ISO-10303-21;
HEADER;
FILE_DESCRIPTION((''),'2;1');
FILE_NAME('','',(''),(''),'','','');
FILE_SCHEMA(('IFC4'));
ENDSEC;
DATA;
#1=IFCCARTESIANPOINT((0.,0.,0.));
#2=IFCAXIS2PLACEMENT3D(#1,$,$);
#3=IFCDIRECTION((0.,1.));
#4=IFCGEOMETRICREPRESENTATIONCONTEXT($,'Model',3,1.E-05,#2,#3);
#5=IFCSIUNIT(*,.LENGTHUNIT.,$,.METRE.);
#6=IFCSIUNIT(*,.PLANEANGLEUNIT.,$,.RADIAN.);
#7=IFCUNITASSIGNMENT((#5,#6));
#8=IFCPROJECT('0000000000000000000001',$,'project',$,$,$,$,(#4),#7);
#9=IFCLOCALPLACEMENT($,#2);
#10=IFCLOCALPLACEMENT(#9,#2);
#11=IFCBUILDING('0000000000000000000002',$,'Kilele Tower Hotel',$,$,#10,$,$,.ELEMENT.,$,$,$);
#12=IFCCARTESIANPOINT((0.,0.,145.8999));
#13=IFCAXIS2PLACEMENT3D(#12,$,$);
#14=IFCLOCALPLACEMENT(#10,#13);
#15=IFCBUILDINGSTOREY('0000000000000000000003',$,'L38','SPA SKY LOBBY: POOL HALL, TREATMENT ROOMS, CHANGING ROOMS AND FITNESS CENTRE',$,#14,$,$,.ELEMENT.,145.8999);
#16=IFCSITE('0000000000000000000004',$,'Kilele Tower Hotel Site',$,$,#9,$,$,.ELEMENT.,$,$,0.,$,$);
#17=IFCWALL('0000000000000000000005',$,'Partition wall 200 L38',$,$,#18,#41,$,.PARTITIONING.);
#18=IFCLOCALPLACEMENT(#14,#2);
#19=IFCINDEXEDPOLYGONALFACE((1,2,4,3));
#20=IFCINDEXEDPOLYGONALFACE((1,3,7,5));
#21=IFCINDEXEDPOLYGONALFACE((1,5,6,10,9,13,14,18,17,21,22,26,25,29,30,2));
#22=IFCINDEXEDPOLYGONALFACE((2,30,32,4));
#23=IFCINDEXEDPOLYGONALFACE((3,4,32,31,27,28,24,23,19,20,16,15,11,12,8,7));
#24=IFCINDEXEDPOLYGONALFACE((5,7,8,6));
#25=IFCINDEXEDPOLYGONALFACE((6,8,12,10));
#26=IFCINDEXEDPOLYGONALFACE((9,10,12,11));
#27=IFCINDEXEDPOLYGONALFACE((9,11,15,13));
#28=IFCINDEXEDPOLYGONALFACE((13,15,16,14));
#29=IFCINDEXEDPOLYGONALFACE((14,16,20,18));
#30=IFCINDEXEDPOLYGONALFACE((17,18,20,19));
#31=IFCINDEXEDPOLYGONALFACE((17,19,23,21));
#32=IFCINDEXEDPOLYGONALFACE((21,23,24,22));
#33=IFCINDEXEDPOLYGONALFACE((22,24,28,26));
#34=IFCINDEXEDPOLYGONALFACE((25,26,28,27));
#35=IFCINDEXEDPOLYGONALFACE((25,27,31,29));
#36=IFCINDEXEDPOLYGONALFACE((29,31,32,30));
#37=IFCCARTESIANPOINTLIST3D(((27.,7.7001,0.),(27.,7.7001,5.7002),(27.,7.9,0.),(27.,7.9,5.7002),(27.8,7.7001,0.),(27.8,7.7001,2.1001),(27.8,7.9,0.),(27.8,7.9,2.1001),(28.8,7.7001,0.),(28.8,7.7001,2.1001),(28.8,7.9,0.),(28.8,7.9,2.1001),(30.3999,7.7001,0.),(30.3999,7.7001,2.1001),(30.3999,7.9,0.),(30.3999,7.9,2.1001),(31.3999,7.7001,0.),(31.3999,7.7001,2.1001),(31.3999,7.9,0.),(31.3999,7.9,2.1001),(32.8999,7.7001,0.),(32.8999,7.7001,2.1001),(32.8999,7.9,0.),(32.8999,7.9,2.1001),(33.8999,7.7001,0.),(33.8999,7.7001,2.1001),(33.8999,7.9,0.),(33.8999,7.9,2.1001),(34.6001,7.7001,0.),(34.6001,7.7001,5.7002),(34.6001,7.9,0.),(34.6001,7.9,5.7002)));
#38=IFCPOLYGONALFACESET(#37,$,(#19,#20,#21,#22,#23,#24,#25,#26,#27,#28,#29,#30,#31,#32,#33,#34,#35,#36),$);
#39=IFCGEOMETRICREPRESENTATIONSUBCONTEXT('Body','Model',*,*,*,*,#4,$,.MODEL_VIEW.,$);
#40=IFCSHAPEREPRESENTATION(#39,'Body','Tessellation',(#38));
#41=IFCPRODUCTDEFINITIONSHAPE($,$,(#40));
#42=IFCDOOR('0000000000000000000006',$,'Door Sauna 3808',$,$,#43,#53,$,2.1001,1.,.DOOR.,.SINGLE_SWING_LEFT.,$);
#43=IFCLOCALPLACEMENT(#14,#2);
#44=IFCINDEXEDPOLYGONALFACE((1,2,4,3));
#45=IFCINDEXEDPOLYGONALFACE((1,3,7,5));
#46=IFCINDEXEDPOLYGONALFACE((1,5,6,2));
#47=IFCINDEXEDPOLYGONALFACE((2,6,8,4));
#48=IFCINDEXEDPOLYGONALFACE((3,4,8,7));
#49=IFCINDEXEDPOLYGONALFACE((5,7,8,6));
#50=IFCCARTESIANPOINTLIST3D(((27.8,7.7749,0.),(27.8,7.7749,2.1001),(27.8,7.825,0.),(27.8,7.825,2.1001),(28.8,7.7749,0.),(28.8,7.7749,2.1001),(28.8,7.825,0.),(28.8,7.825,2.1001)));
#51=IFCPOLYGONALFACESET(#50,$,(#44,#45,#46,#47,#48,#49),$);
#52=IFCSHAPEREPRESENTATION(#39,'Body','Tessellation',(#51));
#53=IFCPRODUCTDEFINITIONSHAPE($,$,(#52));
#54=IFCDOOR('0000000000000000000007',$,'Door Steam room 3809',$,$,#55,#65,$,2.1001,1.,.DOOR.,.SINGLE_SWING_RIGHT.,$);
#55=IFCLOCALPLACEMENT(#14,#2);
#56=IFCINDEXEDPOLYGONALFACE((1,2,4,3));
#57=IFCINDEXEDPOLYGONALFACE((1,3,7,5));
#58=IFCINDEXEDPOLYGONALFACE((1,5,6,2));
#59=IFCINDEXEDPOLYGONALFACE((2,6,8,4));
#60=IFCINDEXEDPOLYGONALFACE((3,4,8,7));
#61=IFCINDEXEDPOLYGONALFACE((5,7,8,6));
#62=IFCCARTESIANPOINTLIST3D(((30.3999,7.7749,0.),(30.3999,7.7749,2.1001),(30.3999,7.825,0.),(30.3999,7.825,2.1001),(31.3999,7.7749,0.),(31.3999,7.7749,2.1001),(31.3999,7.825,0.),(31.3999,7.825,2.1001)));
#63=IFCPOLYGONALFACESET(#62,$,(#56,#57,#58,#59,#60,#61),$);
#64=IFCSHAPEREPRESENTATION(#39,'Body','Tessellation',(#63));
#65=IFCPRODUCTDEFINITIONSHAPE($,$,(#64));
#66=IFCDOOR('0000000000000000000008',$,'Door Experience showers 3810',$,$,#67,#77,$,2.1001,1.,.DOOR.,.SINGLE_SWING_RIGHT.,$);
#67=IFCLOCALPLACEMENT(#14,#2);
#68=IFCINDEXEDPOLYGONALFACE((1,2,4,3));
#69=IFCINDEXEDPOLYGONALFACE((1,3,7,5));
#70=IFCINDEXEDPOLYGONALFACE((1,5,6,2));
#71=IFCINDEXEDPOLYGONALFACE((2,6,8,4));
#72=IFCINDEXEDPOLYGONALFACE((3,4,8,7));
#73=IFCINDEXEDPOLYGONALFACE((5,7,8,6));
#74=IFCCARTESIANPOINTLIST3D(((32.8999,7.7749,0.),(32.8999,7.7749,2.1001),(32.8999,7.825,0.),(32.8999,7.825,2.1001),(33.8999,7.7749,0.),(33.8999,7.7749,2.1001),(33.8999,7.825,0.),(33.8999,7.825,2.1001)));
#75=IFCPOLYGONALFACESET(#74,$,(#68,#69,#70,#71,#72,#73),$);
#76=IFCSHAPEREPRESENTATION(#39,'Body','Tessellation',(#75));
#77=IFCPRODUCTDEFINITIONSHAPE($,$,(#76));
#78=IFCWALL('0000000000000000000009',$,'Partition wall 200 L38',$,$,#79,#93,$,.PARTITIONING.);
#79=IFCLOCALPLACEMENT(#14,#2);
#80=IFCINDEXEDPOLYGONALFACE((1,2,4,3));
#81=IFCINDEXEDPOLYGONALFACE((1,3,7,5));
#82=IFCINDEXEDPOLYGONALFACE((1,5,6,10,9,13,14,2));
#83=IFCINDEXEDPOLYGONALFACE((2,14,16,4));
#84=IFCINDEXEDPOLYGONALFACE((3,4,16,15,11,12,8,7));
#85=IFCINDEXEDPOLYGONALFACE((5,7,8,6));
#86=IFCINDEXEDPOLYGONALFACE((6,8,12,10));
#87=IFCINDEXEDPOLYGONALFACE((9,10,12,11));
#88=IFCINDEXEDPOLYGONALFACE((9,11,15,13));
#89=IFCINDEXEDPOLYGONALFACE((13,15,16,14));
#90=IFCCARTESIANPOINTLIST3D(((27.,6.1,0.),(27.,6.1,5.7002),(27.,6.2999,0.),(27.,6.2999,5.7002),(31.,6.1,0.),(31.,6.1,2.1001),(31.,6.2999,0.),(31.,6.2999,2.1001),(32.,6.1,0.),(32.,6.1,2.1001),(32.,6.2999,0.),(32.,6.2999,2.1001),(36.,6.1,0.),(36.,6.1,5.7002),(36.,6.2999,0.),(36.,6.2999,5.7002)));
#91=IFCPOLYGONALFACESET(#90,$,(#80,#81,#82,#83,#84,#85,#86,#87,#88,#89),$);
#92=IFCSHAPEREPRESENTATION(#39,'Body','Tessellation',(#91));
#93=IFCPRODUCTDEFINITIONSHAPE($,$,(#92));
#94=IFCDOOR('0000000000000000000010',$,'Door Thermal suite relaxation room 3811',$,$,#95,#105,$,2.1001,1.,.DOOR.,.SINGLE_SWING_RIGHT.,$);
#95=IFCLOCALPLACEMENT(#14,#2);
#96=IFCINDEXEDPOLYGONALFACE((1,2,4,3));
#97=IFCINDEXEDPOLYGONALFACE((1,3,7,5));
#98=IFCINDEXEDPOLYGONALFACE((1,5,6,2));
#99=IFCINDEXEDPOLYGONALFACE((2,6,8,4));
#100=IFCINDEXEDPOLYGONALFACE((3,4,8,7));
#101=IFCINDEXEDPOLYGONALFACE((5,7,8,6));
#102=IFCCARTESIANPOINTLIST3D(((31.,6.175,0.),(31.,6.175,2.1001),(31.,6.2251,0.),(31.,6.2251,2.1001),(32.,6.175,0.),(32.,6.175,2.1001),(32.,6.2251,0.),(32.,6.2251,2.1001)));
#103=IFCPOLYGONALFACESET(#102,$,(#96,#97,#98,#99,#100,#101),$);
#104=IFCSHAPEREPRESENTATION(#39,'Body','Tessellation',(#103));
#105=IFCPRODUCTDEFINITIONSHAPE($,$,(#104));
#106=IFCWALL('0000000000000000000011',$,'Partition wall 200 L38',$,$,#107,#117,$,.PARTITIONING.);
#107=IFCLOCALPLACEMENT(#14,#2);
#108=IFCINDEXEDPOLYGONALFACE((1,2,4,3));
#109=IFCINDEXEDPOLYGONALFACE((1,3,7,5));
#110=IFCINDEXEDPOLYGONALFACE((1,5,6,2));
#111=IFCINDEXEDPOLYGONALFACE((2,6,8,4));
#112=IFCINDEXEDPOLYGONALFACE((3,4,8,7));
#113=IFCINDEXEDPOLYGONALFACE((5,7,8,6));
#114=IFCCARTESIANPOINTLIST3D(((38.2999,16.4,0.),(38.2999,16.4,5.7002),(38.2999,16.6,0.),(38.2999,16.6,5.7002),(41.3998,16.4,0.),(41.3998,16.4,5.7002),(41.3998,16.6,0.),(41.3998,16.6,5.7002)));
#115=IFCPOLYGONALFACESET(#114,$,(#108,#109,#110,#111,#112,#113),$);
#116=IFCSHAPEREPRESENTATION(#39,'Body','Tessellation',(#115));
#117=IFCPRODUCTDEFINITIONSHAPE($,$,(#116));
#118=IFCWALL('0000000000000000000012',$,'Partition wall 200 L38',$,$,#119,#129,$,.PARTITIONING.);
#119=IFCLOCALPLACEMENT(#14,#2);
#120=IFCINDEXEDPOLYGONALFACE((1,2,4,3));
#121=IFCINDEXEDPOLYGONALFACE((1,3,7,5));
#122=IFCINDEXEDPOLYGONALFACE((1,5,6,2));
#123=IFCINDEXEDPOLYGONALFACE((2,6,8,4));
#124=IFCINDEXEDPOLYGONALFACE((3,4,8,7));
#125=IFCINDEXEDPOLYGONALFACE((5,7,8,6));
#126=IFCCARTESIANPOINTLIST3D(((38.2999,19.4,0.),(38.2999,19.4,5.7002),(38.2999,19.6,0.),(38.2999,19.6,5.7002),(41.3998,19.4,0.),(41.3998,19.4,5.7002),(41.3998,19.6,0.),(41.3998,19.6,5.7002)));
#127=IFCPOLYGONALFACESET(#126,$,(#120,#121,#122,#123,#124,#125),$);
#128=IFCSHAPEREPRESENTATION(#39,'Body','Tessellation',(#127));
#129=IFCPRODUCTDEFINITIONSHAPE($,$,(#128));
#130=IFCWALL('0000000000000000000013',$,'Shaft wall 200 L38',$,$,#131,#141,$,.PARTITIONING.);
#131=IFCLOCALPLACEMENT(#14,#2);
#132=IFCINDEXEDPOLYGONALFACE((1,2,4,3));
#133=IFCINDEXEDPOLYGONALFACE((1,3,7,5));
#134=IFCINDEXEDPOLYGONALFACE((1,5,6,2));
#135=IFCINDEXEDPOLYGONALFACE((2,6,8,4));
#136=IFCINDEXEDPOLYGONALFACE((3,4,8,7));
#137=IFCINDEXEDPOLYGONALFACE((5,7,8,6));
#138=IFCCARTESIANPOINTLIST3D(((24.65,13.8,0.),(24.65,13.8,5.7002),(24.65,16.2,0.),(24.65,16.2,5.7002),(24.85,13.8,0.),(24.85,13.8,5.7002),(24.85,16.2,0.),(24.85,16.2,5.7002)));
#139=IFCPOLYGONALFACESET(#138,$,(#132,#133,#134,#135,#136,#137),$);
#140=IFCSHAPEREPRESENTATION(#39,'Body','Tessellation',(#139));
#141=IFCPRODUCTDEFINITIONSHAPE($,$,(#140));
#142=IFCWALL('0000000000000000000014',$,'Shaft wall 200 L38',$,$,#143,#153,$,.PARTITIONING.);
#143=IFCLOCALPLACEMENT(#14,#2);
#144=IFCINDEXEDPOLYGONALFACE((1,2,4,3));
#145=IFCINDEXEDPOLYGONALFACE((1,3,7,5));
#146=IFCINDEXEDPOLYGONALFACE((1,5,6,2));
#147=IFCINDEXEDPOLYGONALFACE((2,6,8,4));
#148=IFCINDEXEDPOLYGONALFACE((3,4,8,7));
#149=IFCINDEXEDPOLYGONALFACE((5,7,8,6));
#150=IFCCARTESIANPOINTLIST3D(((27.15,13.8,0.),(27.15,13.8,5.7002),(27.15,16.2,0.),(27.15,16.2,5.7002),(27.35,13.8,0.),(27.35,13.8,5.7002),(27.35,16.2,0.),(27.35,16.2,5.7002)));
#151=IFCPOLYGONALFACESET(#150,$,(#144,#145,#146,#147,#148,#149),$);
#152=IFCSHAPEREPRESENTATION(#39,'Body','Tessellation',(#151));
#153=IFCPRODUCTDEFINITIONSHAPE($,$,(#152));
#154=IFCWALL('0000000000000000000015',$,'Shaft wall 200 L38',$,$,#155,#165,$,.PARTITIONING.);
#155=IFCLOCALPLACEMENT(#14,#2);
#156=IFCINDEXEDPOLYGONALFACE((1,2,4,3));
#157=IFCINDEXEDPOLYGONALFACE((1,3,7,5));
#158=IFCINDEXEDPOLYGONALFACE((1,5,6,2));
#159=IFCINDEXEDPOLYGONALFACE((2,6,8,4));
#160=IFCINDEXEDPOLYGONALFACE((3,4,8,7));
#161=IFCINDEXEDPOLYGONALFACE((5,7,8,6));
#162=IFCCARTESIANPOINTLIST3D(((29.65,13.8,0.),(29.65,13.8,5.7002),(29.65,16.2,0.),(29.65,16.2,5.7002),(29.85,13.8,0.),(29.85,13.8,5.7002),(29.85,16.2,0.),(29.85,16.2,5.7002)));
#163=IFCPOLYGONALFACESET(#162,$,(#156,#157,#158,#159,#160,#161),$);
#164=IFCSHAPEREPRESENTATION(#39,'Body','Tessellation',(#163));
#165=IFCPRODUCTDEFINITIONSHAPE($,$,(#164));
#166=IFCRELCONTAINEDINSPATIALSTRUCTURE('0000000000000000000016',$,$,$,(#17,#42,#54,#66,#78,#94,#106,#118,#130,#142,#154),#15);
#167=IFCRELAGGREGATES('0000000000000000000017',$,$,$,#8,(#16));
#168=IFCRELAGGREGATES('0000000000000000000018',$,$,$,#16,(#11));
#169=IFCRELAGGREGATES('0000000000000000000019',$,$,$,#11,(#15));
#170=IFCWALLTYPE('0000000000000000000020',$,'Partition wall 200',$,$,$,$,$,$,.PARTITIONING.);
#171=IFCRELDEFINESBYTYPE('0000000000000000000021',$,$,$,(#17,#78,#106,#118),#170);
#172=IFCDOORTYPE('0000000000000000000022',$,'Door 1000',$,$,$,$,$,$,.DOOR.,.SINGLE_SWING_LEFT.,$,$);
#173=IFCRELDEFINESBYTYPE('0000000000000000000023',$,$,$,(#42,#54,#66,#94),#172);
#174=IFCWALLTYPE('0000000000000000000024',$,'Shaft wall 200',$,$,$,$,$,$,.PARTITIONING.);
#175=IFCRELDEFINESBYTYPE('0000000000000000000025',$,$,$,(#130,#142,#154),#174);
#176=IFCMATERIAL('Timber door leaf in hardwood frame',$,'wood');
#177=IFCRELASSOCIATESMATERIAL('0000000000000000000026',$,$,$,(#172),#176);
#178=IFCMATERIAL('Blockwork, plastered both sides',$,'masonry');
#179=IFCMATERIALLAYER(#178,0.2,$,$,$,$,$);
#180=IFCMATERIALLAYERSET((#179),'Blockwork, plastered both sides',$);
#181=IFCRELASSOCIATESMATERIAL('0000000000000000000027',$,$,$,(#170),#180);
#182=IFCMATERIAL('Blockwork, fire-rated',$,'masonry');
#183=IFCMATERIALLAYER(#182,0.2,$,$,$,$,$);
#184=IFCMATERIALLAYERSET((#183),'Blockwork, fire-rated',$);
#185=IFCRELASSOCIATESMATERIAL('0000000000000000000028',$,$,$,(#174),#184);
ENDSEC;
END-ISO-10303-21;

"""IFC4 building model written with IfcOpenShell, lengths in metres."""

from ifc_helpers import new_model, si_unit, direction, frame, frame_2d, origin, place, context, subcontext, project, spatial, rectangle, extrude, material, layer, layer_set, type_object, element, fill, save


model = new_model("IFC4")

# Units and contexts
model_context = context("Model", 3, precision=1e-05, world=origin(), true_north=direction((0.0, 1.0)))
body_context = subcontext(model_context, "Body", "Model", "MODEL_VIEW")
ifc_project = project(units=[si_unit("LENGTHUNIT", "METRE"), si_unit("PLANEANGLEUNIT", "RADIAN")], contexts=[model_context])

# Site, building, storey
site_placement = place(None, origin())
site = spatial("IfcSite", under=ifc_project, at=site_placement, Name="Kilele Tower Hotel Site", CompositionType="ELEMENT", RefElevation=0.0)
building_placement = place(site_placement, origin())
building = spatial("IfcBuilding", under=site, at=building_placement, Name="Kilele Tower Hotel", CompositionType="ELEMENT")
storey_placement = place(building_placement, frame((0.0, 0.0, 145.8999)))
storey = spatial("IfcBuildingStorey", under=building, at=storey_placement, Name="L38", Description="SPA SKY LOBBY: POOL HALL, TREATMENT ROOMS, CHANGING ROOMS AND FITNESS CENTRE", CompositionType="ELEMENT", Elevation=145.8999)

# Shared definitions
ifc_material_1 = material(Name="Timber door leaf in hardwood frame", Category="wood")
door_type_1 = type_object("IfcDoorType", Name="Door 1000", OperationType="SINGLE_SWING_LEFT", PredefinedType="DOOR", material=ifc_material_1)

# Shared definitions
ifc_material_2 = material(Name="Blockwork, plastered both sides", Category="masonry")
ifc_layer_1 = layer(ifc_material_2, 0.2)
ifc_layer_set_1 = layer_set([ifc_layer_1], Name="Blockwork, plastered both sides")
wall_type_1 = type_object("IfcWallType", Name="Partition wall 200", PredefinedType="PARTITIONING", material=ifc_layer_set_1)

# Wall, openings, doors
wall_1_placement = place(storey_placement, frame((27.0, 7.8, 0.0), z_axis=(0.0, 0.0, 1.0), x_axis=(1.0, 0.0, 0.0)))
wall_1 = element("IfcWall", 1, at=wall_1_placement, inside=storey, type_object=wall_type_1, Name="Partition wall 200 L38", PredefinedType="PARTITIONING", context=body_context, shape_type="SweptSolid", body=[
    extrude(rectangle(XDim=7.6001, YDim=0.2, at=frame_2d((3.8, 0.0))), origin(), (0.0, 0.0, 1.0), 5.7002),
])
opening_1_placement = place(wall_1_placement, frame((0.8, 0.0, 0.0)))
opening_1 = element("IfcOpeningElement", 2, at=opening_1_placement, cuts=wall_1, PredefinedType="OPENING", context=body_context, shape_type="SweptSolid", body=[
    extrude(rectangle(XDim=1.0, YDim=2.1001, at=frame_2d((0.5, 1.05))), frame((0.0, 0.1099, 0.0), z_axis=(0.0, -1.0, 0.0), x_axis=(1.0, 0.0, 0.0)), (0.0, 0.0, 1.0), 0.22),
])
opening_2_placement = place(wall_1_placement, frame((3.3999, 0.0, 0.0)))
opening_2 = element("IfcOpeningElement", 3, at=opening_2_placement, cuts=wall_1, PredefinedType="OPENING", context=body_context, shape_type="SweptSolid", body=[
    extrude(rectangle(XDim=1.0, YDim=2.1001, at=frame_2d((0.5, 1.05))), frame((0.0, 0.1099, 0.0), z_axis=(0.0, -1.0, 0.0), x_axis=(1.0, 0.0, 0.0)), (0.0, 0.0, 1.0), 0.22),
])
opening_3_placement = place(wall_1_placement, frame((5.8999, 0.0, 0.0)))
opening_3 = element("IfcOpeningElement", 4, at=opening_3_placement, cuts=wall_1, PredefinedType="OPENING", context=body_context, shape_type="SweptSolid", body=[
    extrude(rectangle(XDim=1.0, YDim=2.1001, at=frame_2d((0.5, 1.05))), frame((0.0, 0.1099, 0.0), z_axis=(0.0, -1.0, 0.0), x_axis=(1.0, 0.0, 0.0)), (0.0, 0.0, 1.0), 0.22),
])
door_1_placement = place(opening_1_placement, origin())
door_1 = element("IfcDoor", 5, at=door_1_placement, inside=storey, type_object=door_type_1, Name="Door Sauna 3808", OperationType="SINGLE_SWING_LEFT", OverallHeight=2.1001, OverallWidth=1.0, PredefinedType="DOOR", context=body_context, shape_type="SweptSolid", body=[
    extrude(rectangle(XDim=1.0, YDim=2.1001, at=frame_2d((0.5, 1.05))), frame((0.0, 0.0249, 0.0), z_axis=(0.0, -1.0, 0.0), x_axis=(1.0, 0.0, 0.0)), (0.0, 0.0, 1.0), 0.05),
])
fill(opening_1, door_1)
door_2_placement = place(opening_2_placement, origin())
door_2 = element("IfcDoor", 6, at=door_2_placement, inside=storey, type_object=door_type_1, Name="Door Steam room 3809", OperationType="SINGLE_SWING_RIGHT", OverallHeight=2.1001, OverallWidth=1.0, PredefinedType="DOOR", context=body_context, shape_type="SweptSolid", body=[
    extrude(rectangle(XDim=1.0, YDim=2.1001, at=frame_2d((0.5, 1.05))), frame((0.0, 0.0249, 0.0), z_axis=(0.0, -1.0, 0.0), x_axis=(1.0, 0.0, 0.0)), (0.0, 0.0, 1.0), 0.05),
])
fill(opening_2, door_2)
door_3_placement = place(opening_3_placement, origin())
door_3 = element("IfcDoor", 7, at=door_3_placement, inside=storey, type_object=door_type_1, Name="Door Experience showers 3810", OperationType="SINGLE_SWING_RIGHT", OverallHeight=2.1001, OverallWidth=1.0, PredefinedType="DOOR", context=body_context, shape_type="SweptSolid", body=[
    extrude(rectangle(XDim=1.0, YDim=2.1001, at=frame_2d((0.5, 1.05))), frame((0.0, 0.0249, 0.0), z_axis=(0.0, -1.0, 0.0), x_axis=(1.0, 0.0, 0.0)), (0.0, 0.0, 1.0), 0.05),
])
fill(opening_3, door_3)

# Wall, opening, door
wall_2_placement = place(storey_placement, frame((27.0, 6.2, 0.0), z_axis=(0.0, 0.0, 1.0), x_axis=(1.0, 0.0, 0.0)))
wall_2 = element("IfcWall", 8, at=wall_2_placement, inside=storey, type_object=wall_type_1, Name="Partition wall 200 L38", PredefinedType="PARTITIONING", context=body_context, shape_type="SweptSolid", body=[
    extrude(rectangle(XDim=9.0, YDim=0.2, at=frame_2d((4.5, 0.0))), origin(), (0.0, 0.0, 1.0), 5.7002),
])
opening_4_placement = place(wall_2_placement, frame((5.0, 0.0, 0.0), z_axis=(0.0, 0.0, 1.0), x_axis=(-1.0, 0.0, 0.0)))
opening_4 = element("IfcOpeningElement", 9, at=opening_4_placement, cuts=wall_2, PredefinedType="OPENING", context=body_context, shape_type="SweptSolid", body=[
    extrude(rectangle(XDim=1.0, YDim=2.1001, at=frame_2d((0.5, 1.05))), frame((0.0, 0.1099, 0.0), z_axis=(0.0, -1.0, 0.0), x_axis=(1.0, 0.0, 0.0)), (0.0, 0.0, 1.0), 0.22),
])
door_4_placement = place(opening_4_placement, origin())
door_4 = element("IfcDoor", 10, at=door_4_placement, inside=storey, type_object=door_type_1, Name="Door Thermal suite relaxation room 3811", OperationType="SINGLE_SWING_RIGHT", OverallHeight=2.1001, OverallWidth=1.0, PredefinedType="DOOR", context=body_context, shape_type="SweptSolid", body=[
    extrude(rectangle(XDim=1.0, YDim=2.1001, at=frame_2d((0.5, 1.05))), frame((0.0, 0.0249, 0.0), z_axis=(0.0, -1.0, 0.0), x_axis=(1.0, 0.0, 0.0)), (0.0, 0.0, 1.0), 0.05),
])
fill(opening_4, door_4)

# Walls
for number, where, z_axis, x_axis, name in (
    (11, (38.3, 16.5, 0.0), (0.0, 0.0, 1.0), (1.0, 0.0, 0.0), "Partition wall 200 L38"),
    (12, (38.3, 19.5, 0.0), (0.0, 0.0, 1.0), (1.0, 0.0, 0.0), "Partition wall 200 L38"),
):
    element("IfcWall", number, at=place(storey_placement, frame(where, z_axis=z_axis, x_axis=x_axis)), inside=storey, type_object=wall_type_1, Name=name, PredefinedType="PARTITIONING", context=body_context, shape_type="SweptSolid", body=[
        extrude(rectangle(XDim=3.0999, YDim=0.2, at=frame_2d((1.5498, 0.0))), origin(), (0.0, 0.0, 1.0), 5.7002),
    ])
ifc_material_3 = material(Name="Blockwork, fire-rated", Category="masonry")
ifc_layer_2 = layer(ifc_material_3, 0.2)
ifc_layer_set_2 = layer_set([ifc_layer_2], Name="Blockwork, fire-rated")
wall_type_2 = type_object("IfcWallType", Name="Shaft wall 200", PredefinedType="PARTITIONING", material=ifc_layer_set_2)
for number, where, z_axis, x_axis, name in (
    (13, (24.75, 13.8, 0.0), (0.0, 0.0, 1.0), (0.0, 1.0, 0.0), "Shaft wall 200 L38"),
    (14, (27.25, 13.8, 0.0), (0.0, 0.0, 1.0), (0.0, 1.0, 0.0), "Shaft wall 200 L38"),
    (15, (29.75, 13.8, 0.0), (0.0, 0.0, 1.0), (0.0, 1.0, 0.0), "Shaft wall 200 L38"),
):
    element("IfcWall", number, at=place(storey_placement, frame(where, z_axis=z_axis, x_axis=x_axis)), inside=storey, type_object=wall_type_2, Name=name, PredefinedType="PARTITIONING", context=body_context, shape_type="SweptSolid", body=[
        extrude(rectangle(XDim=2.3999, YDim=0.2, at=frame_2d((1.2, 0.0))), origin(), (0.0, 0.0, 1.0), 5.7002),
    ])

save(model, "model.ifc")
